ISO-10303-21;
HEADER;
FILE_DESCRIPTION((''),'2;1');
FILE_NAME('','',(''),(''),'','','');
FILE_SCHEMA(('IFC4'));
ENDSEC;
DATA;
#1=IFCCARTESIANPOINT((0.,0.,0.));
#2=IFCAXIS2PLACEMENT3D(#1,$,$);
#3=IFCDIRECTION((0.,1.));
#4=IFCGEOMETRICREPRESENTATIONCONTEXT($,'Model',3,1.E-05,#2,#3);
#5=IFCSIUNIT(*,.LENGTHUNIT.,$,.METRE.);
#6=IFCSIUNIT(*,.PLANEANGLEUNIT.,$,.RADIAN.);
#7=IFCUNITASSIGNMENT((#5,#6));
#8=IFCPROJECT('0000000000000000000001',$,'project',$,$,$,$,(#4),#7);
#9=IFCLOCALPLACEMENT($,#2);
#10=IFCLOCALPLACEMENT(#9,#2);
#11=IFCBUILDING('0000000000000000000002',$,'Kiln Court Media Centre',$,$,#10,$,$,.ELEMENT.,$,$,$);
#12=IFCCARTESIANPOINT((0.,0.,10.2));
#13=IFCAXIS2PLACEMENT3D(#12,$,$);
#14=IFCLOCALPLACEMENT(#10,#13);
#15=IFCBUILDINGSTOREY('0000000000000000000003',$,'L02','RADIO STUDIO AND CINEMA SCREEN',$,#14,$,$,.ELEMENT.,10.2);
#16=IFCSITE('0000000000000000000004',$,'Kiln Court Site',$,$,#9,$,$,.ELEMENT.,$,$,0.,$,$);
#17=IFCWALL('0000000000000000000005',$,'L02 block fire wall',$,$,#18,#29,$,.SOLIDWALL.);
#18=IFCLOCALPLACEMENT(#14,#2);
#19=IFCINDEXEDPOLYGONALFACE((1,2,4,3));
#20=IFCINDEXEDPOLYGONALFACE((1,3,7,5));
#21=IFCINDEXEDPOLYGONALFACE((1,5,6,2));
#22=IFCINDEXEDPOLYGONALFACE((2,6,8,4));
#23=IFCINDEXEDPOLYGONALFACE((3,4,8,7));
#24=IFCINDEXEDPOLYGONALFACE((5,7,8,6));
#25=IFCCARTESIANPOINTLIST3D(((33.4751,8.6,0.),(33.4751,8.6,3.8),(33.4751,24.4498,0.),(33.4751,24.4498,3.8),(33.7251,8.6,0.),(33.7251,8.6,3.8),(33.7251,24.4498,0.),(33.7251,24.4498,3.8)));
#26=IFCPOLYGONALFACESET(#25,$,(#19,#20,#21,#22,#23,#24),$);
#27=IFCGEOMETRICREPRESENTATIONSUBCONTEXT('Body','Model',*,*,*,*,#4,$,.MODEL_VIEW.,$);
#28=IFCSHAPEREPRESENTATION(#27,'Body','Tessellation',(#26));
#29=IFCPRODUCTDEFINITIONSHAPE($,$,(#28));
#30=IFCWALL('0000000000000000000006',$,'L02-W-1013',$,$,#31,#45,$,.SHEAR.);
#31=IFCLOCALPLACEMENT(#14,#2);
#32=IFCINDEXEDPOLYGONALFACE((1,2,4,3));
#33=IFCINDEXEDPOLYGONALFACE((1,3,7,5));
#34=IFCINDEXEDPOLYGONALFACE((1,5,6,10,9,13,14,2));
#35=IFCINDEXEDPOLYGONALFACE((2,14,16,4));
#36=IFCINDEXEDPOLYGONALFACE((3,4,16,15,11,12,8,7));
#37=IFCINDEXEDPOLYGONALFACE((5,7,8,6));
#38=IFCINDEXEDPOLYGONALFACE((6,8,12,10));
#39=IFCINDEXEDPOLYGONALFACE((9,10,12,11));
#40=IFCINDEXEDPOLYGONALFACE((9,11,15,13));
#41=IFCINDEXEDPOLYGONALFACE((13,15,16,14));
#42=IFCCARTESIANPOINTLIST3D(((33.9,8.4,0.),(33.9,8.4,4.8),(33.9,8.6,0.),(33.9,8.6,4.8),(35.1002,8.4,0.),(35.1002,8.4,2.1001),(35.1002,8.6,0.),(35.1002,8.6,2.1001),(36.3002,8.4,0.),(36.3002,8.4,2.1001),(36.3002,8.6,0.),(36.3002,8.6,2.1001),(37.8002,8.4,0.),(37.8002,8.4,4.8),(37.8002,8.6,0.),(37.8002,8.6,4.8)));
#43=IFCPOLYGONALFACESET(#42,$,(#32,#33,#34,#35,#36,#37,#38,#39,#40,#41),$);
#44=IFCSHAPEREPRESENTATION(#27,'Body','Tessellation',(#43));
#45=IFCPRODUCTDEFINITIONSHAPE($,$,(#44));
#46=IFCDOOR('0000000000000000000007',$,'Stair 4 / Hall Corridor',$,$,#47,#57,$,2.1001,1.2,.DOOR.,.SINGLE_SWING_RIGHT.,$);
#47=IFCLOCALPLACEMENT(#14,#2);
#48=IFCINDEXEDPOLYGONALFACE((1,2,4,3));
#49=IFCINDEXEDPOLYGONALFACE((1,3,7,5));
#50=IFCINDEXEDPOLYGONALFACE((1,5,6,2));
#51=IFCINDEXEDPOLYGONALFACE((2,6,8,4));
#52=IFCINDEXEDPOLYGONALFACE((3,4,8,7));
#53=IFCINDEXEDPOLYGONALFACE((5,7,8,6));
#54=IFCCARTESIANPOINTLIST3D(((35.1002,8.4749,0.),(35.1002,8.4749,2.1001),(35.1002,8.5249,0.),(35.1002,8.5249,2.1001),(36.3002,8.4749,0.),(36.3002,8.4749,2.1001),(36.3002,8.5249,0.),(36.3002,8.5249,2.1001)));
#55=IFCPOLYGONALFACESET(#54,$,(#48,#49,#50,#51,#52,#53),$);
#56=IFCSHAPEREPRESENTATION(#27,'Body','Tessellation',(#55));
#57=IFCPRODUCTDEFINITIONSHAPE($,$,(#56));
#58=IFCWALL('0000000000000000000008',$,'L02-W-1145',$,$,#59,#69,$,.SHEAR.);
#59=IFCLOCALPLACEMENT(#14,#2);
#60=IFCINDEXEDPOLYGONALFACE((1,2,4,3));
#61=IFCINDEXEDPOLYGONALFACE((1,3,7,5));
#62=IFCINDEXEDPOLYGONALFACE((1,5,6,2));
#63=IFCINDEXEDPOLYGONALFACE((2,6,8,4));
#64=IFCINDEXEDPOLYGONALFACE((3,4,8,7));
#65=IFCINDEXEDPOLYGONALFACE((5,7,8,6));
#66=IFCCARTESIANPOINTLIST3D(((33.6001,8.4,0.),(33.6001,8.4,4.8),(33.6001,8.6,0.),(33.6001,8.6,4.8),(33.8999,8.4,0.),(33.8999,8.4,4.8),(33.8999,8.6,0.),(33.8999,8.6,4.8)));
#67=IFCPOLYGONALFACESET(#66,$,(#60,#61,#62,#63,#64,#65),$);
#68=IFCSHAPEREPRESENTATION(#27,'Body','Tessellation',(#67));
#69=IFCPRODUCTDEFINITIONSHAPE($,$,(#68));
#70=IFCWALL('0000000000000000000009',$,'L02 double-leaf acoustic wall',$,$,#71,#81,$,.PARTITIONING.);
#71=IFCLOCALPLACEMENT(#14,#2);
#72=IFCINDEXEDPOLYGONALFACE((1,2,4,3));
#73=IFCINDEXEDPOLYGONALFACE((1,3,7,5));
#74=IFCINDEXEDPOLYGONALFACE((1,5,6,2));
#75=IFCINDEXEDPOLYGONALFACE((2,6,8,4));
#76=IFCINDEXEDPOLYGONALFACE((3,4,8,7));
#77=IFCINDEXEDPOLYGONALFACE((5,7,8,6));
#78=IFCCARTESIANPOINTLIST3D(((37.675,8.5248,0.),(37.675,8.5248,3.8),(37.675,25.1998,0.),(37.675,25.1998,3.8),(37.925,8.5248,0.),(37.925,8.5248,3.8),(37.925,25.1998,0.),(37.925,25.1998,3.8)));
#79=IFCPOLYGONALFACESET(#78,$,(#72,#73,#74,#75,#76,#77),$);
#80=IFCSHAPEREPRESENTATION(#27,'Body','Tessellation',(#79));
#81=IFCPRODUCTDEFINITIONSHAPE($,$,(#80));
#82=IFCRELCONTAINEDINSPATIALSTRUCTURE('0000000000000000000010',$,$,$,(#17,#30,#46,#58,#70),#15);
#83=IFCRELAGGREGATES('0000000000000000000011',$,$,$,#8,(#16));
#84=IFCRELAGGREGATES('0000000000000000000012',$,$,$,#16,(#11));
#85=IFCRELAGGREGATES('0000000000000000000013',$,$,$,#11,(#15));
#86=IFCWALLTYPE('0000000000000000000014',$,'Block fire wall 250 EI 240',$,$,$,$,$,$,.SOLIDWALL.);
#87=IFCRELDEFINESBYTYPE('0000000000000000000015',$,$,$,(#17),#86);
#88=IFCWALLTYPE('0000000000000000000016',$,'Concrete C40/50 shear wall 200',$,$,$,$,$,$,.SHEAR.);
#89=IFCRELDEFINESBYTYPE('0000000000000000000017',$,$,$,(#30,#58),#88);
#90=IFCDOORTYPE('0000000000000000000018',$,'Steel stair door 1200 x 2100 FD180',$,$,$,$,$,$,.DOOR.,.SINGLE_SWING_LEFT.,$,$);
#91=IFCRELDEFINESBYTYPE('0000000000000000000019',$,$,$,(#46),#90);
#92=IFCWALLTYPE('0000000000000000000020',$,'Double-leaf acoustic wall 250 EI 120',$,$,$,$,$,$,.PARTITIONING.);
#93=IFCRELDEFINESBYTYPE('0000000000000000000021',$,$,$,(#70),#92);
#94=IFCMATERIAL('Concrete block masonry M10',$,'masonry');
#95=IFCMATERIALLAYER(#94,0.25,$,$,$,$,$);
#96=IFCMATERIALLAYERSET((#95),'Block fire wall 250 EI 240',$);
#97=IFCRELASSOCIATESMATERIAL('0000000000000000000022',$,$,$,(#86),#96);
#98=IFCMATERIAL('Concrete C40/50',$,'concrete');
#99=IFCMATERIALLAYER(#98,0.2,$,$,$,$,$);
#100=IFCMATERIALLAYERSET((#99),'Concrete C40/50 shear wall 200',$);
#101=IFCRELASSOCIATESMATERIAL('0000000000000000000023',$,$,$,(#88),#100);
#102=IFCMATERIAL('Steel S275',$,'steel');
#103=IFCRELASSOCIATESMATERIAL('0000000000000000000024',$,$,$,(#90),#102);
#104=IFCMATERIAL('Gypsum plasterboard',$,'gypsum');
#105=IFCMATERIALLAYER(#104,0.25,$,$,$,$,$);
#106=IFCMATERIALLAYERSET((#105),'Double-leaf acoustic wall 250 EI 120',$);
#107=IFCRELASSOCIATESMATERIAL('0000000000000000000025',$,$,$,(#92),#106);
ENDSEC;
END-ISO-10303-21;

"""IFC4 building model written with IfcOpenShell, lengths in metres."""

from ifc_helpers import new_model, si_unit, direction, frame, frame_2d, origin, place, context, subcontext, project, spatial, rectangle, extrude, material, layer, layer_set, type_object, element, fill, save


model = new_model("IFC4")

# Units and contexts
model_context = context("Model", 3, precision=1e-05, world=origin(), true_north=direction((0.0, 1.0)))
body_context = subcontext(model_context, "Body", "Model", "MODEL_VIEW")
ifc_project = project(units=[si_unit("LENGTHUNIT", "METRE"), si_unit("PLANEANGLEUNIT", "RADIAN")], contexts=[model_context])

# Site, building, storey
site_placement = place(None, origin())
site = spatial("IfcSite", under=ifc_project, at=site_placement, Name="Kiln Court Site", CompositionType="ELEMENT", RefElevation=0.0)
building_placement = place(site_placement, origin())
building = spatial("IfcBuilding", under=site, at=building_placement, Name="Kiln Court Media Centre", CompositionType="ELEMENT")
storey_placement = place(building_placement, frame((0.0, 0.0, 10.2)))
storey = spatial("IfcBuildingStorey", under=building, at=storey_placement, Name="L02", Description="RADIO STUDIO AND CINEMA SCREEN", CompositionType="ELEMENT", Elevation=10.2)

# Wall
ifc_material_1 = material(Name="Concrete block masonry M10", Category="masonry")
ifc_layer_1 = layer(ifc_material_1, 0.25)
ifc_layer_set_1 = layer_set([ifc_layer_1], Name="Block fire wall 250 EI 240")
wall_type_1 = type_object("IfcWallType", Name="Block fire wall 250 EI 240", PredefinedType="SOLIDWALL", material=ifc_layer_set_1)
wall_1_placement = place(storey_placement, frame((33.6001, 8.6001, 0.0), z_axis=(0.0, 0.0, 1.0), x_axis=(0.0, 1.0, 0.0)))
element("IfcWall", 1, at=wall_1_placement, inside=storey, type_object=wall_type_1, Name="L02 block fire wall", PredefinedType="SOLIDWALL", context=body_context, shape_type="SweptSolid", body=[
    extrude(rectangle(XDim=15.8499, YDim=0.25, at=frame_2d((7.9248, 0.0))), origin(), (0.0, 0.0, 1.0), 3.8),
])

# Wall, opening, door
ifc_material_2 = material(Name="Concrete C40/50", Category="concrete")
ifc_layer_2 = layer(ifc_material_2, 0.2)
ifc_layer_set_2 = layer_set([ifc_layer_2], Name="Concrete C40/50 shear wall 200")
wall_type_2 = type_object("IfcWallType", Name="Concrete C40/50 shear wall 200", PredefinedType="SHEAR", material=ifc_layer_set_2)
wall_2_placement = place(storey_placement, frame((33.8999, 8.5, 0.0), z_axis=(0.0, 0.0, 1.0), x_axis=(1.0, 0.0, 0.0)))
wall_2 = element("IfcWall", 2, at=wall_2_placement, inside=storey, type_object=wall_type_2, Name="L02-W-1013", PredefinedType="SHEAR", context=body_context, shape_type="SweptSolid", body=[
    extrude(rectangle(XDim=3.9001, YDim=0.2, at=frame_2d((1.9502, 0.0))), origin(), (0.0, 0.0, 1.0), 4.8),
])
opening_placement = place(wall_2_placement, frame((1.2002, 0.0, 0.0)))
opening = element("IfcOpeningElement", 3, at=opening_placement, cuts=wall_2, PredefinedType="OPENING", context=body_context, shape_type="SweptSolid", body=[
    extrude(rectangle(XDim=1.2, YDim=2.1001, at=frame_2d((0.6001, 1.05))), frame((0.0, 0.1099, 0.0), z_axis=(0.0, -1.0, 0.0), x_axis=(1.0, 0.0, 0.0)), (0.0, 0.0, 1.0), 0.22),
])
ifc_material_3 = material(Name="Steel S275", Category="steel")
door_type = type_object("IfcDoorType", Name="Steel stair door 1200 x 2100 FD180", OperationType="SINGLE_SWING_LEFT", PredefinedType="DOOR", material=ifc_material_3)
door_placement = place(opening_placement, origin())
door = element("IfcDoor", 4, at=door_placement, inside=storey, type_object=door_type, Name="Stair 4 / Hall Corridor", OperationType="SINGLE_SWING_RIGHT", OverallHeight=2.1001, OverallWidth=1.2, PredefinedType="DOOR", context=body_context, shape_type="SweptSolid", body=[
    extrude(rectangle(XDim=1.2, YDim=2.1001, at=frame_2d((0.6001, 1.05))), frame((0.0, 0.0249, 0.0), z_axis=(0.0, -1.0, 0.0), x_axis=(1.0, 0.0, 0.0)), (0.0, 0.0, 1.0), 0.05),
])
fill(opening, door)

# Walls
wall_3_placement = place(storey_placement, frame((33.6001, 8.5, 0.0), z_axis=(0.0, 0.0, 1.0), x_axis=(1.0, 0.0, 0.0)))
element("IfcWall", 5, at=wall_3_placement, inside=storey, type_object=wall_type_2, Name="L02-W-1145", PredefinedType="SHEAR", context=body_context, shape_type="SweptSolid", body=[
    extrude(rectangle(XDim=0.2998, YDim=0.2, at=frame_2d((0.1499, 0.0))), origin(), (0.0, 0.0, 1.0), 4.8),
])
ifc_material_4 = material(Name="Gypsum plasterboard", Category="gypsum")
ifc_layer_3 = layer(ifc_material_4, 0.25)
ifc_layer_set_3 = layer_set([ifc_layer_3], Name="Double-leaf acoustic wall 250 EI 120")
wall_type_3 = type_object("IfcWallType", Name="Double-leaf acoustic wall 250 EI 120", PredefinedType="PARTITIONING", material=ifc_layer_set_3)
wall_4_placement = place(storey_placement, frame((37.8, 8.5249, 0.0), z_axis=(0.0, 0.0, 1.0), x_axis=(0.0, 1.0, 0.0)))
element("IfcWall", 6, at=wall_4_placement, inside=storey, type_object=wall_type_3, Name="L02 double-leaf acoustic wall", PredefinedType="PARTITIONING", context=body_context, shape_type="SweptSolid", body=[
    extrude(rectangle(XDim=16.675, YDim=0.25, at=frame_2d((8.3374, 0.0))), origin(), (0.0, 0.0, 1.0), 3.8),
])

save(model, "model.ifc")
